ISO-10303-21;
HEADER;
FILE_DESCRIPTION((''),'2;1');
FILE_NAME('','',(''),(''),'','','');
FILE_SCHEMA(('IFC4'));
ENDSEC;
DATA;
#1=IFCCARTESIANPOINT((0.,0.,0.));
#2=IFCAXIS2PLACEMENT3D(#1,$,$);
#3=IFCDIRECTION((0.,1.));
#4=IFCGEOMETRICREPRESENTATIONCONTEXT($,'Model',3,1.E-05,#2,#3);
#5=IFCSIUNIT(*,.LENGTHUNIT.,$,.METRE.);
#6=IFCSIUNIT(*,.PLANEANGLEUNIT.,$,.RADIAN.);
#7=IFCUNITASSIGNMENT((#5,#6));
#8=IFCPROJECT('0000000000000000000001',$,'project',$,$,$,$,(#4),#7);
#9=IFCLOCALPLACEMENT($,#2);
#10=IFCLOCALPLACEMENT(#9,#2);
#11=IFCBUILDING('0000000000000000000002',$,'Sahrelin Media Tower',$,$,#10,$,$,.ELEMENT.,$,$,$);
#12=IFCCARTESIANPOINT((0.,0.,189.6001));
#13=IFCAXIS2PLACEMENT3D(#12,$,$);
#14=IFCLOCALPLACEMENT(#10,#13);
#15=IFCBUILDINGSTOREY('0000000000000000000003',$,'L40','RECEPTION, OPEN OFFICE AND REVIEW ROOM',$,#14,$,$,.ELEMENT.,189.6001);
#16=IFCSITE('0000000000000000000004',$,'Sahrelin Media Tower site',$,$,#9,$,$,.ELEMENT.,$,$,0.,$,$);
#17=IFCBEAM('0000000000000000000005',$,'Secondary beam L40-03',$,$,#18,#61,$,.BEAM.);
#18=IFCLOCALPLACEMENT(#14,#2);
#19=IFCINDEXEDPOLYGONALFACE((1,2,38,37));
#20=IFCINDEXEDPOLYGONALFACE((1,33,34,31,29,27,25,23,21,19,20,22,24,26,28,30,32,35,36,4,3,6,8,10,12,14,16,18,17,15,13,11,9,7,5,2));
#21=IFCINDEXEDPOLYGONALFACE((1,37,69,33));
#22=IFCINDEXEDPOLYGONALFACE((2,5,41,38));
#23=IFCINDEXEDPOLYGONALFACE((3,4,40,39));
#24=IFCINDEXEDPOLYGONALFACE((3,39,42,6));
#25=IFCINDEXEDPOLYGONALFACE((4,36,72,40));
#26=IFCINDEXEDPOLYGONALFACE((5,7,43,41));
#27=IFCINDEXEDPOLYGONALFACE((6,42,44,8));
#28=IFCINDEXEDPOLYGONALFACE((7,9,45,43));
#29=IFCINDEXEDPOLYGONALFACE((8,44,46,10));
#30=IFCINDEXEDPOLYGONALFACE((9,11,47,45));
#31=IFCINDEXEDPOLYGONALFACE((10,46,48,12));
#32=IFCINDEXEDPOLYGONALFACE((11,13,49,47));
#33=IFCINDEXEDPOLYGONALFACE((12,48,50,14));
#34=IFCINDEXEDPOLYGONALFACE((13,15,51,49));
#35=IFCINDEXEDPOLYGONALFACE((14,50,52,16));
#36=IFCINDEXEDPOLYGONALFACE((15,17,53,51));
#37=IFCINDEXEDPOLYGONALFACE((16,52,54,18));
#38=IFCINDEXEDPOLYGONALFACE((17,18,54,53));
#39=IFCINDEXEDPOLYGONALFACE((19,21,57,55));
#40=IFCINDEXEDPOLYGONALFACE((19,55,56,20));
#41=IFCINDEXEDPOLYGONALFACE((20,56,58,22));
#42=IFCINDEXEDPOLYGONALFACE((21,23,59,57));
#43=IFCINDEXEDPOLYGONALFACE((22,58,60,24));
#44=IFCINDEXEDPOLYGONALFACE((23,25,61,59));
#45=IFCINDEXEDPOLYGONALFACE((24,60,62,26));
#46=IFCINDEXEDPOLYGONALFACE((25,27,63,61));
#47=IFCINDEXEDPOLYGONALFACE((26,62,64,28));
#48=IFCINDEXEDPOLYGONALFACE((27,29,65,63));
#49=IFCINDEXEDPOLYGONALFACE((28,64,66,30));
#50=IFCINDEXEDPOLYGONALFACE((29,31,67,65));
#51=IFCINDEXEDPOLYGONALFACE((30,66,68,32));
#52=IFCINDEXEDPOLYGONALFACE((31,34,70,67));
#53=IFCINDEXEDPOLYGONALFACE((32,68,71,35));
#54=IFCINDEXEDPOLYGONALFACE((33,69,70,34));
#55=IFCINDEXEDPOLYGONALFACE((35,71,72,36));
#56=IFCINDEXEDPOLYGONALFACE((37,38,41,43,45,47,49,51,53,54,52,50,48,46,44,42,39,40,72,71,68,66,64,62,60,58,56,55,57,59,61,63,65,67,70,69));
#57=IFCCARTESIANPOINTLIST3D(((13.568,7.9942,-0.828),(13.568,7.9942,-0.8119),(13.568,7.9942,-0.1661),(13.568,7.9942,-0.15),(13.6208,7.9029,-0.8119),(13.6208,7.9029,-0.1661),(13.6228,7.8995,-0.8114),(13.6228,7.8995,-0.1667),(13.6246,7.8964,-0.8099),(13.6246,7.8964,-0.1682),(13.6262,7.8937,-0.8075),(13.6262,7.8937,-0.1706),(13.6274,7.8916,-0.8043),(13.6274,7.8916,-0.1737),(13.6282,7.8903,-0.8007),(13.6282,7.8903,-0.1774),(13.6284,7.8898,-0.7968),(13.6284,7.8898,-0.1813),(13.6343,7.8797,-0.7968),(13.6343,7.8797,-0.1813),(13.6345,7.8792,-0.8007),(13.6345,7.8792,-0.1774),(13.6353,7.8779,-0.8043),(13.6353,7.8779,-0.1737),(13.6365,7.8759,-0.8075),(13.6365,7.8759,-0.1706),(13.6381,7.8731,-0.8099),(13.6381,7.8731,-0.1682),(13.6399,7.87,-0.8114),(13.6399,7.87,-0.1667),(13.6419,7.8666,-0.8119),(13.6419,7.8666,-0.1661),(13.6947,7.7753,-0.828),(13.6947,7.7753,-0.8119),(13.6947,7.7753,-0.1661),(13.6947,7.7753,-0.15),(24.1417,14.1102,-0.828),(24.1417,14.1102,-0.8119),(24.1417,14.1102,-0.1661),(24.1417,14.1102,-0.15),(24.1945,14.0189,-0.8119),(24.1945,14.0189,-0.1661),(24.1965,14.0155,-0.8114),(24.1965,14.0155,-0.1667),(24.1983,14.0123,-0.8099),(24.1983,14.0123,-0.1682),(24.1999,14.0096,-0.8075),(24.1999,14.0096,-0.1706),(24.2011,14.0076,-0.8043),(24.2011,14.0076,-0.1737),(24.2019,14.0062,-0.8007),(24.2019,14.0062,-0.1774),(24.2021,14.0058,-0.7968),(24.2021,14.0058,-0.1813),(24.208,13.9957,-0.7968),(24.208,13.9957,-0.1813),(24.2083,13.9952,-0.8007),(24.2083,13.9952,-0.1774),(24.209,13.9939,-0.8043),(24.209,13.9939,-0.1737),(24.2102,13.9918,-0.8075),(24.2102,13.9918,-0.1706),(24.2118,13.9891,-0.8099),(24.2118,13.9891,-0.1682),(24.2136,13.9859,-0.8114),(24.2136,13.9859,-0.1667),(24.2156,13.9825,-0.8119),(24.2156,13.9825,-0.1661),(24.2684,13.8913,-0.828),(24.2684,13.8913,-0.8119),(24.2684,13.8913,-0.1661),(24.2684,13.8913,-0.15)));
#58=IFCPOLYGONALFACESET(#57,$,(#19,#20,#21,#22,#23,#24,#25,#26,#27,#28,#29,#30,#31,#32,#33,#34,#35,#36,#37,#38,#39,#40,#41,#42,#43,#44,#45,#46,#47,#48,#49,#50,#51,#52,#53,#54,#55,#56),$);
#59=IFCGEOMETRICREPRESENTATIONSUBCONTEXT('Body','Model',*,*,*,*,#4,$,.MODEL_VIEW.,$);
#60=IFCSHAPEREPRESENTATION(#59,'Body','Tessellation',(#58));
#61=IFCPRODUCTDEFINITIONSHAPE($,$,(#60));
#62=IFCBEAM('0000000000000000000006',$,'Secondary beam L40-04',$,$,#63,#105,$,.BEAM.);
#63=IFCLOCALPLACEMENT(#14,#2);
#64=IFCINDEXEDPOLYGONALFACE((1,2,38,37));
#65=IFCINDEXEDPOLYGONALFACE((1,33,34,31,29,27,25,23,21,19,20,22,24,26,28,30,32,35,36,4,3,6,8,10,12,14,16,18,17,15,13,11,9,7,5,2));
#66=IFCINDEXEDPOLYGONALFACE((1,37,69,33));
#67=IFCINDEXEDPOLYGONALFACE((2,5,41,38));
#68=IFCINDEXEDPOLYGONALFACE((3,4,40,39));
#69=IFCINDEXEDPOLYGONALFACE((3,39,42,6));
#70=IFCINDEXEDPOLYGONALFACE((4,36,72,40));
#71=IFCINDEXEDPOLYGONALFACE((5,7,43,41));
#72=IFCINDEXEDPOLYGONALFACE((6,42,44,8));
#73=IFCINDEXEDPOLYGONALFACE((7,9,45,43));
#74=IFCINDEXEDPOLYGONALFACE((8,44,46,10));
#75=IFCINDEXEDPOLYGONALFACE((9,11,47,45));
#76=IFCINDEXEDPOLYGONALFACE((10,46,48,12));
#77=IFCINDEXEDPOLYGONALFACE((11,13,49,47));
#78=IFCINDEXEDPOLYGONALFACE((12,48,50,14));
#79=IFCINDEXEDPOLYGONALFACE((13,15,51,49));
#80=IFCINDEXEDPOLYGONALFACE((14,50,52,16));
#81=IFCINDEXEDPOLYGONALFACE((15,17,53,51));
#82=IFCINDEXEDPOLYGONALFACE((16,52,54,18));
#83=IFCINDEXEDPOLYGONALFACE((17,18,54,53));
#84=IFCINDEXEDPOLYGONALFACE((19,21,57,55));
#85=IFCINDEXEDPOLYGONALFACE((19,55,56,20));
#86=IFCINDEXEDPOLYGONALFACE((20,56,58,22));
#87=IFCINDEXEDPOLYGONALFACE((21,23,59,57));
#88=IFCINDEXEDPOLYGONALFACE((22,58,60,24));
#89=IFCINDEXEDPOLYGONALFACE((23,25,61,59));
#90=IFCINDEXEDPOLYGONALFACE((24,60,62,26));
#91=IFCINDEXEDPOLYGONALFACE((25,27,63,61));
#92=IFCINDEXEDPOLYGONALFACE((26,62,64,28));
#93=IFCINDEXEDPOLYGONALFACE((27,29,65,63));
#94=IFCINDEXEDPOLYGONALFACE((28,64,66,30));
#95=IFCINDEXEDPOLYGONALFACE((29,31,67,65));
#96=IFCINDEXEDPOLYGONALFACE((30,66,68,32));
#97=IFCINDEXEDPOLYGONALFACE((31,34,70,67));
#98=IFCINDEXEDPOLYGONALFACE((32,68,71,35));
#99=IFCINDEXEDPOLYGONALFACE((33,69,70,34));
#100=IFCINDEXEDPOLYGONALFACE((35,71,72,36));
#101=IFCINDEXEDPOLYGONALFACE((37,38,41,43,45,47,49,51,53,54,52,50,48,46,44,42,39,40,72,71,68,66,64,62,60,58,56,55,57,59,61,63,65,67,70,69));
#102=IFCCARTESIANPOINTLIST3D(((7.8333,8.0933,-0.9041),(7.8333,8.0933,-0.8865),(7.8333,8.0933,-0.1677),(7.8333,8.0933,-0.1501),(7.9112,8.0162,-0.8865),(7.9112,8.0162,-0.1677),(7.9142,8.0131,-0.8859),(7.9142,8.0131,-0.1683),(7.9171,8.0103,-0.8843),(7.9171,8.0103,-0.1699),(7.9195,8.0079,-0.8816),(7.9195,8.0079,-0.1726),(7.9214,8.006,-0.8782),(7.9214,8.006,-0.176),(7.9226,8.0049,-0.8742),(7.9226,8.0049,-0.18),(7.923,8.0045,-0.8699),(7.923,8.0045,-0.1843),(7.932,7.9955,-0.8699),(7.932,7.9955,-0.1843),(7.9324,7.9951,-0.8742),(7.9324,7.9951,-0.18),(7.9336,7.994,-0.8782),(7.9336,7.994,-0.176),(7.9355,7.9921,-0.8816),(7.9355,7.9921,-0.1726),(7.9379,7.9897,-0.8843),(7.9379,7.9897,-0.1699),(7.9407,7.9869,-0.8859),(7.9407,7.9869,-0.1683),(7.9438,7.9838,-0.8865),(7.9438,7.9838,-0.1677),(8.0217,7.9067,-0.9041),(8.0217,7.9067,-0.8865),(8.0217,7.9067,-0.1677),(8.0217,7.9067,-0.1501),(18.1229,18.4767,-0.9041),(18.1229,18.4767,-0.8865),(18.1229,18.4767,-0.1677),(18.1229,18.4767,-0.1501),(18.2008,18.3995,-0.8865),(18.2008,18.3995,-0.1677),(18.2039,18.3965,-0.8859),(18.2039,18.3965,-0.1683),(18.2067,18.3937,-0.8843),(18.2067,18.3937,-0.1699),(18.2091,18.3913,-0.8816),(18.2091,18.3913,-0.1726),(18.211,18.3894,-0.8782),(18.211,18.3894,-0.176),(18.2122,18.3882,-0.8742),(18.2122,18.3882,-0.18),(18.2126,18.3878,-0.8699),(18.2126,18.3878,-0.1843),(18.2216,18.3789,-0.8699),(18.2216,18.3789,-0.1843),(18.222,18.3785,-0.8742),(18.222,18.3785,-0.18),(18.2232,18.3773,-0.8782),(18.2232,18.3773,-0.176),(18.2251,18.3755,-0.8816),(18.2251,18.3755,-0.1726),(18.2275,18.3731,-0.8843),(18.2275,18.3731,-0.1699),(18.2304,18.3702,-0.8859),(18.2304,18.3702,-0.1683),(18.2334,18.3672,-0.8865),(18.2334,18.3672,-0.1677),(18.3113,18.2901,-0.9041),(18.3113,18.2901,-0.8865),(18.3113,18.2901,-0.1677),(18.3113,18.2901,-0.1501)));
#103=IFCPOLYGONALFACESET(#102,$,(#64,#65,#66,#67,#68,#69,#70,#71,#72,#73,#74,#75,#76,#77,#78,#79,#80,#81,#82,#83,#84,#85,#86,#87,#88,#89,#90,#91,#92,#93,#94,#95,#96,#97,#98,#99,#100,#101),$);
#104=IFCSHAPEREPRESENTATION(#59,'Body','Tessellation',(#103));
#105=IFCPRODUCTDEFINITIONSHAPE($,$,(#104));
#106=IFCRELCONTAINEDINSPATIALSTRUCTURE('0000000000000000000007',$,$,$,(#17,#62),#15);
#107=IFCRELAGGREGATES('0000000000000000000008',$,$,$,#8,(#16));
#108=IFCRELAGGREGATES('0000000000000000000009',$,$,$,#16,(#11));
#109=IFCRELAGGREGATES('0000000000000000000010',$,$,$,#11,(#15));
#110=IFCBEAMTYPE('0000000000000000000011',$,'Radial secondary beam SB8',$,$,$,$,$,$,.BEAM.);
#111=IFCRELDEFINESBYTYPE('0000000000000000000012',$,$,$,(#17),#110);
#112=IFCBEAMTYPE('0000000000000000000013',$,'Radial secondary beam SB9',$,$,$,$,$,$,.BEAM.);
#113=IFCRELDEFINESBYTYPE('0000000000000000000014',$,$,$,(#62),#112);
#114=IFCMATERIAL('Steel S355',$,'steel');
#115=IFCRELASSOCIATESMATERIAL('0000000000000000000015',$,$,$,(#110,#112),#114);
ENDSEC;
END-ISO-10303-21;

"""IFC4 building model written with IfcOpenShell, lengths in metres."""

from ifc_helpers import new_model, si_unit, direction, frame, origin, origin_2d, place, context, subcontext, project, spatial, i_section, extrude, material, material_profile, profile_set, type_object, element, save


model = new_model("IFC4")

# Units and contexts
model_context = context("Model", 3, precision=1e-05, world=origin(), true_north=direction((0.0, 1.0)))
body_context = subcontext(model_context, "Body", "Model", "MODEL_VIEW")
ifc_project = project(units=[si_unit("LENGTHUNIT", "METRE"), si_unit("PLANEANGLEUNIT", "RADIAN")], contexts=[model_context])

# Site, building, storey
site_placement = place(None, origin())
site = spatial("IfcSite", under=ifc_project, at=site_placement, Name="Sahrelin Media Tower site", CompositionType="ELEMENT", RefElevation=0.0)
building_placement = place(site_placement, origin())
building = spatial("IfcBuilding", under=site, at=building_placement, Name="Sahrelin Media Tower", CompositionType="ELEMENT")
storey_placement = place(building_placement, frame((0.0, 0.0, 189.6001)))
storey = spatial("IfcBuildingStorey", under=building, at=storey_placement, Name="L40", Description="RECEPTION, OPEN OFFICE AND REVIEW ROOM", CompositionType="ELEMENT", Elevation=189.6001)

# Beams
ifc_material_1 = material(Name="Steel S355", Category="steel")
ifc_material_profile_1 = material_profile(ifc_material_1, i_section(OverallWidth=0.2529, OverallDepth=0.678, WebThickness=0.0117, FlangeThickness=0.0161, FilletRadius=0.0151, at=origin_2d()), Name="UB 686x254x125")
ifc_profile_set_1 = profile_set([ifc_material_profile_1], Name="Steel S355")
beam_type_1 = type_object("IfcBeamType", Name="Radial secondary beam SB8", PredefinedType="BEAM", material=ifc_profile_set_1)
beam_1_placement = place(storey_placement, frame((13.6313, 7.8848, -0.489), z_axis=(0.865627, 0.500689, 0.0), x_axis=(-0.500689, 0.865627, 0.0)))
element("IfcBeam", 1, at=beam_1_placement, inside=storey, type_object=beam_type_1, Name="Secondary beam L40-03", PredefinedType="BEAM", context=body_context, shape_type="SweptSolid", body=[
    extrude(i_section(OverallWidth=0.2529, OverallDepth=0.678, WebThickness=0.0117, FlangeThickness=0.0161, FilletRadius=0.0151, at=origin_2d()), origin(), (0.0, 0.0, 1.0), 12.2151),
])
ifc_material_profile_2 = material_profile(ifc_material_1, i_section(OverallWidth=0.2651, OverallDepth=0.7539, WebThickness=0.0127, FlangeThickness=0.0176, FilletRadius=0.0166, at=origin_2d()), Name="UB 762x267x147")
ifc_profile_set_2 = profile_set([ifc_material_profile_2], Name="Steel S355")
beam_type_2 = type_object("IfcBeamType", Name="Radial secondary beam SB9", PredefinedType="BEAM", material=ifc_profile_set_2)
beam_2_placement = place(storey_placement, frame((7.9275, 8.0, -0.5271), z_axis=(0.703893, 0.710306, 0.0), x_axis=(-0.710306, 0.703893, 0.0)))
element("IfcBeam", 2, at=beam_2_placement, inside=storey, type_object=beam_type_2, Name="Secondary beam L40-04", PredefinedType="BEAM", context=body_context, shape_type="SweptSolid", body=[
    extrude(i_section(OverallWidth=0.2651, OverallDepth=0.7539, WebThickness=0.0127, FlangeThickness=0.0176, FilletRadius=0.0166, at=origin_2d()), origin(), (0.0, 0.0, 1.0), 14.6182),
])

save(model, "model.ifc")
